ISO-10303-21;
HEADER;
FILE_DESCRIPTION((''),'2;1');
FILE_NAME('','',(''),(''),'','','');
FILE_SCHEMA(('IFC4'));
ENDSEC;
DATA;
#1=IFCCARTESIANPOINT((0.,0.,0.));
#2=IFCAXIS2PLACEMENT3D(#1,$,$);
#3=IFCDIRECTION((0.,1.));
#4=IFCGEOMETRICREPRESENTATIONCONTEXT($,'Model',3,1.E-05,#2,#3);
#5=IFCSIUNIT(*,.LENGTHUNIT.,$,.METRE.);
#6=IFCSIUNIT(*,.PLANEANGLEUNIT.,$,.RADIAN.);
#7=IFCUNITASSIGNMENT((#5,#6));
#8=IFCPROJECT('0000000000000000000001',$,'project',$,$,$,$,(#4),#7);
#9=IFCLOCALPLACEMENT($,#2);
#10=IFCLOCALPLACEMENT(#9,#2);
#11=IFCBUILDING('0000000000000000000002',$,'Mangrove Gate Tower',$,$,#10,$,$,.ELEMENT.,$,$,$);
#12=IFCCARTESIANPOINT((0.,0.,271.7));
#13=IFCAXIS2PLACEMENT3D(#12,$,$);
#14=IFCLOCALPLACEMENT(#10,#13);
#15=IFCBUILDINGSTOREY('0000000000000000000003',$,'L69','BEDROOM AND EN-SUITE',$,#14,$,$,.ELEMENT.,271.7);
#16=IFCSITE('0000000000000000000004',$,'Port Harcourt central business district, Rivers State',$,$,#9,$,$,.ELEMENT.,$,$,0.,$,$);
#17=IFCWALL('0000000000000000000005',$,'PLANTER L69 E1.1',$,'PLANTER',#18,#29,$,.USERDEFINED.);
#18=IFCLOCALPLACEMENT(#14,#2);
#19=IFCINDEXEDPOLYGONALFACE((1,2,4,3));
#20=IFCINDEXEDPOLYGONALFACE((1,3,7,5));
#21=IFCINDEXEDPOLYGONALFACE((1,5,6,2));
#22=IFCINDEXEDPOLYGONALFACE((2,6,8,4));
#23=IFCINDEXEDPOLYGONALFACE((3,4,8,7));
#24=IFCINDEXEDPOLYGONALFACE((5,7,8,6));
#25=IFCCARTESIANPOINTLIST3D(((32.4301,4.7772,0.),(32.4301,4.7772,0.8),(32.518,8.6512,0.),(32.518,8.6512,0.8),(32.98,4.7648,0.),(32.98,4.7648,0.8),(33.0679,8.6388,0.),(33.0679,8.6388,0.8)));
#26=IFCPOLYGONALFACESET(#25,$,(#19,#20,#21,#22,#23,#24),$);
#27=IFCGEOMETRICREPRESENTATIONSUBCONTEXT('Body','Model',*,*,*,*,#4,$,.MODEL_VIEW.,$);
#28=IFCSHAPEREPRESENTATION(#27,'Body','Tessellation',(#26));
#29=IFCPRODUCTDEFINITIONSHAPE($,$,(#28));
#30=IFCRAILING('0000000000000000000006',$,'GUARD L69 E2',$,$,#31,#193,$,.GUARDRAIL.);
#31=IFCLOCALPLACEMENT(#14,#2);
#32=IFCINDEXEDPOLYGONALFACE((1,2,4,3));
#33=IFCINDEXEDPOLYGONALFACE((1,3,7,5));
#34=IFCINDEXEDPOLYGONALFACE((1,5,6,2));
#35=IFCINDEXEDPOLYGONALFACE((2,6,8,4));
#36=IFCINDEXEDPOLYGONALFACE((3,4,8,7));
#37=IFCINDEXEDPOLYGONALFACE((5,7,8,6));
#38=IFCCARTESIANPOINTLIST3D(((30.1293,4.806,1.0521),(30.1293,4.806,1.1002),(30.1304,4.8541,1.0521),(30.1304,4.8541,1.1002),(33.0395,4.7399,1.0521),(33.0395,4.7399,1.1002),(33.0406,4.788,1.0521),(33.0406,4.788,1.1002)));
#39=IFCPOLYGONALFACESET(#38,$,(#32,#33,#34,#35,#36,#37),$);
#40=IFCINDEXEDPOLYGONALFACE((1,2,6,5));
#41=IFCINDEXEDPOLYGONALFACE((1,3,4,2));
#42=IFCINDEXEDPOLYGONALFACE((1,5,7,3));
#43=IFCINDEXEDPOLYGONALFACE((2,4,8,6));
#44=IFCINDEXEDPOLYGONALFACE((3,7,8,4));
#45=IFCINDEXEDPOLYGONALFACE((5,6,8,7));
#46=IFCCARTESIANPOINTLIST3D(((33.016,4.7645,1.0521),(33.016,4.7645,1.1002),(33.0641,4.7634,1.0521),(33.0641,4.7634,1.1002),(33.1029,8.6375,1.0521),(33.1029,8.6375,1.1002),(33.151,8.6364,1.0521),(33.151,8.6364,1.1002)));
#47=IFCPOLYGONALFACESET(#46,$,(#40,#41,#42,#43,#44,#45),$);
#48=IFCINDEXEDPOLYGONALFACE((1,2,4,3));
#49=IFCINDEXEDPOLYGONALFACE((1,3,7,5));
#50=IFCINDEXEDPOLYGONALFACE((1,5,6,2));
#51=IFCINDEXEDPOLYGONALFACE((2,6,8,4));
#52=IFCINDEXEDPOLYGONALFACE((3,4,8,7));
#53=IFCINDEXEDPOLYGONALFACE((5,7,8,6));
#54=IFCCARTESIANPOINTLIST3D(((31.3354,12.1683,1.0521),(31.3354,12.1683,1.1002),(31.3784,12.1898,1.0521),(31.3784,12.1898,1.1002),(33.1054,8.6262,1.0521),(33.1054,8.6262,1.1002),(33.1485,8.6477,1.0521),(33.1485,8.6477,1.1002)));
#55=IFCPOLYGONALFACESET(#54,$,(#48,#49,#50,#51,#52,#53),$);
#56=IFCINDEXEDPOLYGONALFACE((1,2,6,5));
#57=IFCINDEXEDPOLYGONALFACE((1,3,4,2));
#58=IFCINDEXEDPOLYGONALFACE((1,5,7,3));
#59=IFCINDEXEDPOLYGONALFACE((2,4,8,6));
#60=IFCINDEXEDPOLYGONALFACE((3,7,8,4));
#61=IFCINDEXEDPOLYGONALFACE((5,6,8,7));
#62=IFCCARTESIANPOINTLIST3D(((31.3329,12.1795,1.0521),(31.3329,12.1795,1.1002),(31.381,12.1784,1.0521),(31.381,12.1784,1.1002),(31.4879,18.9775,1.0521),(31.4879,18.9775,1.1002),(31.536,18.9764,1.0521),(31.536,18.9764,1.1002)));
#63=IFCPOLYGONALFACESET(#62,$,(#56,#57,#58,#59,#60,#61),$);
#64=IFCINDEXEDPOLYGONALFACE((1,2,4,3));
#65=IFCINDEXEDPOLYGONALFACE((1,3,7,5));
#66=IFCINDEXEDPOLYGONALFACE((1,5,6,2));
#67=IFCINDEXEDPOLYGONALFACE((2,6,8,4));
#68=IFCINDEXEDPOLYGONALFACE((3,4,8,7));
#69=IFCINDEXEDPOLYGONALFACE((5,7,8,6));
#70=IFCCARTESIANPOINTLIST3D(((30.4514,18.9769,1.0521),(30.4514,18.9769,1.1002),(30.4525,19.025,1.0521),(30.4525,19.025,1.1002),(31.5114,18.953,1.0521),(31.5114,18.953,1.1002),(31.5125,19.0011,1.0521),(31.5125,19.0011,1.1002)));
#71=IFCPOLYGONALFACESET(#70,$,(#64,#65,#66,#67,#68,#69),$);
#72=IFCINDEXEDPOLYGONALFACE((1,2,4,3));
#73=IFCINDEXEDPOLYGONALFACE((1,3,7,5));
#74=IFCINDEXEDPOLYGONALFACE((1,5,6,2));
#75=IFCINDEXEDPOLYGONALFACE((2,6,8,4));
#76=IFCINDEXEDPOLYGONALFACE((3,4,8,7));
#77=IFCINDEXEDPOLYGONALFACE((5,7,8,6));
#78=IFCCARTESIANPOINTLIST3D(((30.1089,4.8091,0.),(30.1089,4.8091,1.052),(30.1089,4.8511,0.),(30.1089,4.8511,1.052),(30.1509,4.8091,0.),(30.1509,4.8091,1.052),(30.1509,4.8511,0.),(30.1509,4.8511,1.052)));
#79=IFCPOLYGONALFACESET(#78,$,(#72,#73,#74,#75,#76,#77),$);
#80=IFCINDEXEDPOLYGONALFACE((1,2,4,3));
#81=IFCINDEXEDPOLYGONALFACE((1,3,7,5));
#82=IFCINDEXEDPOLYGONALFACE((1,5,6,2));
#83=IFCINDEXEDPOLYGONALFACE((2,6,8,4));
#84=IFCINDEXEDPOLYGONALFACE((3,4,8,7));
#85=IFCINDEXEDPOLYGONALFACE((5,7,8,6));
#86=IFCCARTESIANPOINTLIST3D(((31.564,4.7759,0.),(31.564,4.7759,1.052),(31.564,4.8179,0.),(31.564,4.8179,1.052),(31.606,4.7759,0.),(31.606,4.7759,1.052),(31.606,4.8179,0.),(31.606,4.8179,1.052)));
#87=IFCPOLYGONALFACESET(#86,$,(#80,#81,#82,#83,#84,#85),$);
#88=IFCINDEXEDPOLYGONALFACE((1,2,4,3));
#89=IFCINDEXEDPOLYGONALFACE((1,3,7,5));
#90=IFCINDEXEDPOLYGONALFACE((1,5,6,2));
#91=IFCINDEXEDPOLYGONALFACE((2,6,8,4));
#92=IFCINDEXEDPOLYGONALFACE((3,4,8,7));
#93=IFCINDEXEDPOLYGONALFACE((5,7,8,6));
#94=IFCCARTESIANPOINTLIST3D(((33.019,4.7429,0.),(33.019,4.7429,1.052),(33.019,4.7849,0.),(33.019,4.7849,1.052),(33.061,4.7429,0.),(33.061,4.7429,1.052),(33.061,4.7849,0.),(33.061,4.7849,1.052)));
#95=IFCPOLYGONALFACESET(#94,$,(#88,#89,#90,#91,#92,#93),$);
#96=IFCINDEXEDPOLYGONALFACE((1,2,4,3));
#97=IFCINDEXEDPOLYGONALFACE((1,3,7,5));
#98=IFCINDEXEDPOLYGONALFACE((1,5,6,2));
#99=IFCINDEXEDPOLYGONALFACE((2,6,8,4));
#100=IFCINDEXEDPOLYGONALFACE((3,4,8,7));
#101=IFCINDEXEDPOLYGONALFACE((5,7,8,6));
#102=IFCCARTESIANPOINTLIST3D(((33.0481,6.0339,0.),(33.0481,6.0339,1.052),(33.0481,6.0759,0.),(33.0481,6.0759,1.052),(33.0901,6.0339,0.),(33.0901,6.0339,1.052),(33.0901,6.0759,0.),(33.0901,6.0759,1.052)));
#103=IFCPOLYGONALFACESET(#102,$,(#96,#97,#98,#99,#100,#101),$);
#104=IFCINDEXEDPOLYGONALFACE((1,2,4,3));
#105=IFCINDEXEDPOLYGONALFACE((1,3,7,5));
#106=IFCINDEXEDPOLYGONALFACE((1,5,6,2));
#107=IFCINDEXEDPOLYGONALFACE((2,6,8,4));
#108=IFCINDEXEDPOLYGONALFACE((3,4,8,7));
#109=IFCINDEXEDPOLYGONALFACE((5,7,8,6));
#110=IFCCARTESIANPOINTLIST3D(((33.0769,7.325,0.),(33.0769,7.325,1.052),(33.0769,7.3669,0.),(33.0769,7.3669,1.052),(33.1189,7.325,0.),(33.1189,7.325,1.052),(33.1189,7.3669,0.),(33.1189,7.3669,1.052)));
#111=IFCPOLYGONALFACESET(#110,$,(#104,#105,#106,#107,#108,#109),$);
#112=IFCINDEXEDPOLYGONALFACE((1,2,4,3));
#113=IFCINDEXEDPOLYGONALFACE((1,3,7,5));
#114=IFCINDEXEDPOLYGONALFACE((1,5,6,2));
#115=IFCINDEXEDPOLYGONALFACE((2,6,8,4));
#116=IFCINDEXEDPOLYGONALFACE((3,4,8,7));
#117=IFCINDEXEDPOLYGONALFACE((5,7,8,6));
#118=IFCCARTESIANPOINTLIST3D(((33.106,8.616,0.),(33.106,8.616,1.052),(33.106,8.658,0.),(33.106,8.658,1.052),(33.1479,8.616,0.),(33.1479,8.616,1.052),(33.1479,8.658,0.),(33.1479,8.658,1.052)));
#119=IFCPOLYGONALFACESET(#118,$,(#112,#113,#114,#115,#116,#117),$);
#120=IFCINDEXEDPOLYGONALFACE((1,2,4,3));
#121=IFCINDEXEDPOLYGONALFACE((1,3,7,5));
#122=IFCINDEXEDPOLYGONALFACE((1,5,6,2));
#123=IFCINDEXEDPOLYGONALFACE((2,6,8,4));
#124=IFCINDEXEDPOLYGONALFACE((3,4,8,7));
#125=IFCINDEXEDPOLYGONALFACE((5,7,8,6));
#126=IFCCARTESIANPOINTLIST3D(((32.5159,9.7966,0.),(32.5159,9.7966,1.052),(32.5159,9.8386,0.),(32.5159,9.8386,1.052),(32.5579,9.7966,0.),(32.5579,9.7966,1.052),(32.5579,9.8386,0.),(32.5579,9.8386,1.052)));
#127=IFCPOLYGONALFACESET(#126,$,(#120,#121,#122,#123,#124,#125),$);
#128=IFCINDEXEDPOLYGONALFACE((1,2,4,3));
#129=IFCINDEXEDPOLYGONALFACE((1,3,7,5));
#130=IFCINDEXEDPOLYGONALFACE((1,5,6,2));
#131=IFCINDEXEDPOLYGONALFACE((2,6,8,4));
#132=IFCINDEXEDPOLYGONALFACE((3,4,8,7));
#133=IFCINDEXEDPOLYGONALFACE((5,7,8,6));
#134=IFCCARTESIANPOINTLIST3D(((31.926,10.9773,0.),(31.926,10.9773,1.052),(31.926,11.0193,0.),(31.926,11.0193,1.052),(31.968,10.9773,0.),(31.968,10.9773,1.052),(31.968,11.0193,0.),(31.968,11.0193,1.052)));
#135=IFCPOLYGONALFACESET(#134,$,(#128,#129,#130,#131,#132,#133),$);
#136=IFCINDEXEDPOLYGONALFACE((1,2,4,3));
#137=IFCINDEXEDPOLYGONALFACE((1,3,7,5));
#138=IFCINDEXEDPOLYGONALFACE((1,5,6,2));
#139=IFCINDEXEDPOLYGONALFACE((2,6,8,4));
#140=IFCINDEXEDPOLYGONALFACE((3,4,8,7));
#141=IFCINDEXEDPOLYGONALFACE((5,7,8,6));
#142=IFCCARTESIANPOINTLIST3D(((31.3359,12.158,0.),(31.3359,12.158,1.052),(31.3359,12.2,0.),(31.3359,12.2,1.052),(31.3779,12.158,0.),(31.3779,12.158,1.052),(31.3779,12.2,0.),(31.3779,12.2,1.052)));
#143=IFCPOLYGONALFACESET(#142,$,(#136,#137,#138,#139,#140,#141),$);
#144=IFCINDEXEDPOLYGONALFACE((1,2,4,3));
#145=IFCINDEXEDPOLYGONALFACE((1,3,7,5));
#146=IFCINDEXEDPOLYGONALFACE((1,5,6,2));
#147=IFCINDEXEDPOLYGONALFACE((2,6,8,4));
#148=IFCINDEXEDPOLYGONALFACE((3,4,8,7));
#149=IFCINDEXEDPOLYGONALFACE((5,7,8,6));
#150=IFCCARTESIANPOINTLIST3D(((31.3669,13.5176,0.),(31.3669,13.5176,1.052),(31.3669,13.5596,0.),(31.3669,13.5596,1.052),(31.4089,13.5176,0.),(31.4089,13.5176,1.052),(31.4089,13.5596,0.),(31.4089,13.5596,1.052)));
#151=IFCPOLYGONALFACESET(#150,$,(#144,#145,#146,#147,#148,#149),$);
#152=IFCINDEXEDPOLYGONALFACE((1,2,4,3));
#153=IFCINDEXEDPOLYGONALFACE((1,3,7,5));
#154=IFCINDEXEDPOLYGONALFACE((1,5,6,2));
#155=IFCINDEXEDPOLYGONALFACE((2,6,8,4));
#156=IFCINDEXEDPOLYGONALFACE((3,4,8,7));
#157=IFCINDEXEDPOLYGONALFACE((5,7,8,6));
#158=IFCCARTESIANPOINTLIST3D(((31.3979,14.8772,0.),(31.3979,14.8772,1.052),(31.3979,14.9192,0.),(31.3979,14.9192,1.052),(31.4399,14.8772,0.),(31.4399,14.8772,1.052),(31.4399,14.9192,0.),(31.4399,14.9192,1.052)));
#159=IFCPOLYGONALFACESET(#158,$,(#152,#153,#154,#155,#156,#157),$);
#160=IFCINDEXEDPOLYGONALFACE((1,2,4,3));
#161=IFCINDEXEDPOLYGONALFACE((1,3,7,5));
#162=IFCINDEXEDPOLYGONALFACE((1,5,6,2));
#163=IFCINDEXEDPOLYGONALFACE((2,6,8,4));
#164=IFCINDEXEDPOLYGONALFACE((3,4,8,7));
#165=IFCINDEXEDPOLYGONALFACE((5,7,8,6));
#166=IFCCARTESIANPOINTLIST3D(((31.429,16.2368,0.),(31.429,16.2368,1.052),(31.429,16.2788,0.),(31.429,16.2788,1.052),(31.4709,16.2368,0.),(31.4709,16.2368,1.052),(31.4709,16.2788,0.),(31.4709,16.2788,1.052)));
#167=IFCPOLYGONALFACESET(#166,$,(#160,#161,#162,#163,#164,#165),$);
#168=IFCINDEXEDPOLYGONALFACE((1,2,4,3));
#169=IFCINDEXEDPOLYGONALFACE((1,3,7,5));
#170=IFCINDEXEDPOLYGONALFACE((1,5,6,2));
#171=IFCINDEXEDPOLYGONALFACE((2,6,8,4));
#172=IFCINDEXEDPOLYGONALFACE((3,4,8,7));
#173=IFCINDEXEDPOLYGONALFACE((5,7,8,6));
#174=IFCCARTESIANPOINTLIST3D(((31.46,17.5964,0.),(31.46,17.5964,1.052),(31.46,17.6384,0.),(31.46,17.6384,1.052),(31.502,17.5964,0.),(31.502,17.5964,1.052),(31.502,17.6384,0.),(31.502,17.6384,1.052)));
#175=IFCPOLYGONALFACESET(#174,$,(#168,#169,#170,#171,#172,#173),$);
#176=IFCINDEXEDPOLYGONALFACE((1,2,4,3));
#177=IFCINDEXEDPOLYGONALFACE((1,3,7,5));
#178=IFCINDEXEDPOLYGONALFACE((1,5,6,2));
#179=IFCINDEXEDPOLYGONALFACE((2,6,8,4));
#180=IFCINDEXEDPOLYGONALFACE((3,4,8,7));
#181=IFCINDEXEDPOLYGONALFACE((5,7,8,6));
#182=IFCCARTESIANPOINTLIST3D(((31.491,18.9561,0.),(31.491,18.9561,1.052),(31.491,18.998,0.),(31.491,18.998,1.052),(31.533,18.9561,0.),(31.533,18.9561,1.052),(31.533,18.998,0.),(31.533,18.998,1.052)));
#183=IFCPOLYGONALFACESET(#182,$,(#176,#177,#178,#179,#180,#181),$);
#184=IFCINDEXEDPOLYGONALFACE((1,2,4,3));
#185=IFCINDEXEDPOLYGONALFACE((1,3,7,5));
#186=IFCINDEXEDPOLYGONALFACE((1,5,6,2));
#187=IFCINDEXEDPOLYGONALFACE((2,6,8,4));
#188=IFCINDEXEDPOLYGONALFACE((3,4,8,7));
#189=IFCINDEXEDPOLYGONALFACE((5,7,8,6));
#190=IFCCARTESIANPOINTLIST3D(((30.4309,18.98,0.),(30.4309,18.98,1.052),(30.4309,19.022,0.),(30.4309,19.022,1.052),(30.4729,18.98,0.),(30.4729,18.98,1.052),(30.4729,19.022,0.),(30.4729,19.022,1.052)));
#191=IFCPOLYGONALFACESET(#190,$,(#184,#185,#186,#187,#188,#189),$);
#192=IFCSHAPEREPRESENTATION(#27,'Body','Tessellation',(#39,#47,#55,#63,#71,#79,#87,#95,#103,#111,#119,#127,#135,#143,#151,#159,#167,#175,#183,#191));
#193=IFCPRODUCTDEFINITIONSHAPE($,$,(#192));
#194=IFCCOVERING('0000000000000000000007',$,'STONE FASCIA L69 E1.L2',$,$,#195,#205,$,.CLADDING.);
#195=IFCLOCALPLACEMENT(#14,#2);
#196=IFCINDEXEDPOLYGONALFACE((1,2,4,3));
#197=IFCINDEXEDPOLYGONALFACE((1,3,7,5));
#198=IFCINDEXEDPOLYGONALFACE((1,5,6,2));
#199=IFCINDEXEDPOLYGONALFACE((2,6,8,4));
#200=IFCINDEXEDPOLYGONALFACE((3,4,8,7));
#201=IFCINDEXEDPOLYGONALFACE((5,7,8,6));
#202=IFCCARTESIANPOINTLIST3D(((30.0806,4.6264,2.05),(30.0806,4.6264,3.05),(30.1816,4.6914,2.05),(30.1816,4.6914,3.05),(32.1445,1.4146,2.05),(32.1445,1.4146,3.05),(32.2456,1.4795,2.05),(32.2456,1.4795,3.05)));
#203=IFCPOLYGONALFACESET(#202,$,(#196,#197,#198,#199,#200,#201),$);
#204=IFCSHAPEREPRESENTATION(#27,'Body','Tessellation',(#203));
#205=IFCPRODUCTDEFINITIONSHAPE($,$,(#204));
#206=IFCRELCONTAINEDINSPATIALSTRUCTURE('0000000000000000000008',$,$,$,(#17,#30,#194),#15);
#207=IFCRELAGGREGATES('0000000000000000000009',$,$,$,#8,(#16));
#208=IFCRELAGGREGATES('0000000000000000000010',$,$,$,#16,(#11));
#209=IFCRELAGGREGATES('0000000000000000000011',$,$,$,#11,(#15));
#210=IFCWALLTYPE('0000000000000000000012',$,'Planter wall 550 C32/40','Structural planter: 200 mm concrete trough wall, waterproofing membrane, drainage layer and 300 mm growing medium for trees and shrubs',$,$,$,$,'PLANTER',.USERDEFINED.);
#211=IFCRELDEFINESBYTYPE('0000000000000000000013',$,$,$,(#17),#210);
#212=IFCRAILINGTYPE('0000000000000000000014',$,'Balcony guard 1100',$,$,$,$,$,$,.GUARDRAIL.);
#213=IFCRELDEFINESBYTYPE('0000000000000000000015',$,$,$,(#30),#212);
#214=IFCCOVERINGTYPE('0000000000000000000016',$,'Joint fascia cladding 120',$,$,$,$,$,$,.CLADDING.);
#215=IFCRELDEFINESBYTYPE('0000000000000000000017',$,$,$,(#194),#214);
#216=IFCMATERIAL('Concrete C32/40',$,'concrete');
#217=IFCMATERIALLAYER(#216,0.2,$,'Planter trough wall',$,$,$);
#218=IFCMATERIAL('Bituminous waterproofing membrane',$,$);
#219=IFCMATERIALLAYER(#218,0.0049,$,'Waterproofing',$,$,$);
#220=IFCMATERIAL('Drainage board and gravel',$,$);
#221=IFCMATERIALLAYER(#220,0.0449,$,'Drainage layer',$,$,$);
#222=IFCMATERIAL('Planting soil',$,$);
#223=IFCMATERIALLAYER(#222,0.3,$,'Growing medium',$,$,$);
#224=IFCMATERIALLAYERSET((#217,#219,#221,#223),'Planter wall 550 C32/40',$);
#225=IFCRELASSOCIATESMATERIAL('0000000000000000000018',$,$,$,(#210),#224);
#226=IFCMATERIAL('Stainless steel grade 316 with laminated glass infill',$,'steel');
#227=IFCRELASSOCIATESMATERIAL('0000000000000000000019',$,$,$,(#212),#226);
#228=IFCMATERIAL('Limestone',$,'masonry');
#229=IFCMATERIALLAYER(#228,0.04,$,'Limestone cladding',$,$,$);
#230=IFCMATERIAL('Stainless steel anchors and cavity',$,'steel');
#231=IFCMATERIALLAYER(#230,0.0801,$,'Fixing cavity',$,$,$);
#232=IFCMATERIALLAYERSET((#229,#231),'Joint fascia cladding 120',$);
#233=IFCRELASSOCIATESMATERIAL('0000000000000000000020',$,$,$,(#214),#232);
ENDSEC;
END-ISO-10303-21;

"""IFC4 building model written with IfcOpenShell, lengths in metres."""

from ifc_helpers import new_model, si_unit, direction, frame, frame_2d, origin, origin_2d, place, context, subcontext, project, spatial, rectangle, extrude, material, layer, layer_set, type_object, element, save


model = new_model("IFC4")

# Units and contexts
model_context = context("Model", 3, precision=1e-05, world=origin(), true_north=direction((0.0, 1.0)))
body_context = subcontext(model_context, "Body", "Model", "MODEL_VIEW")
ifc_project = project(units=[si_unit("LENGTHUNIT", "METRE"), si_unit("PLANEANGLEUNIT", "RADIAN")], contexts=[model_context])

# Site, building, storey
site_placement = place(None, origin())
site = spatial("IfcSite", under=ifc_project, at=site_placement, Name="Port Harcourt central business district, Rivers State", CompositionType="ELEMENT", RefElevation=0.0)
building_placement = place(site_placement, origin())
building = spatial("IfcBuilding", under=site, at=building_placement, Name="Mangrove Gate Tower", CompositionType="ELEMENT")
storey_placement = place(building_placement, frame((0.0, 0.0, 271.7)))
storey = spatial("IfcBuildingStorey", under=building, at=storey_placement, Name="L69", Description="BEDROOM AND EN-SUITE", CompositionType="ELEMENT", Elevation=271.7)

# Shared definitions
ifc_material_1 = material(Name="Limestone", Category="masonry")

# Wall
ifc_material_2 = material(Name="Concrete C32/40", Category="concrete")
ifc_layer_1 = layer(ifc_material_2, 0.2, Name="Planter trough wall")
ifc_material_3 = material(Name="Bituminous waterproofing membrane")
ifc_layer_2 = layer(ifc_material_3, 0.0049, Name="Waterproofing")
ifc_material_4 = material(Name="Drainage board and gravel")
ifc_layer_3 = layer(ifc_material_4, 0.0449, Name="Drainage layer")
ifc_material_5 = material(Name="Planting soil")
ifc_layer_4 = layer(ifc_material_5, 0.3, Name="Growing medium")
ifc_layer_set_1 = layer_set([ifc_layer_1, ifc_layer_2, ifc_layer_3, ifc_layer_4], Name="Planter wall 550 C32/40")
wall_type_1 = type_object("IfcWallType", Name="Planter wall 550 C32/40", Description="Structural planter: 200 mm concrete trough wall, waterproofing membrane, drainage layer and 300 mm growing medium for trees and shrubs", ElementType="PLANTER", PredefinedType="USERDEFINED", material=ifc_layer_set_1)
wall_1_placement = place(storey_placement, frame((32.7051, 4.771, 0.0), z_axis=(0.0, 0.0, 1.0), x_axis=(0.022681, 0.999743, 0.0)))
element("IfcWall", 1, at=wall_1_placement, inside=storey, type_object=wall_type_1, Name="PLANTER L69 E1.1", ObjectType="PLANTER", PredefinedType="USERDEFINED", context=body_context, shape_type="SweptSolid", body=[
    extrude(rectangle(XDim=3.875, YDim=0.55, at=frame_2d((1.9375, 0.0))), origin(), (0.0, 0.0, 1.0), 0.8),
])

# Railing
ifc_material_6 = material(Name="Stainless steel grade 316 with laminated glass infill", Category="steel")
railing_type = type_object("IfcRailingType", Name="Balcony guard 1100", PredefinedType="GUARDRAIL", material=ifc_material_6)
railing_placement = place(storey_placement, frame((30.1299, 4.8301, 0.0)))
element("IfcRailing", 2, at=railing_placement, inside=storey, type_object=railing_type, Name="GUARD L69 E2", PredefinedType="GUARDRAIL", context=body_context, shape_type="SweptSolid", body=[
    extrude(rectangle(XDim=0.0481, YDim=0.0481, at=origin_2d()), frame((0.0, 0.0, 1.0762), z_axis=(0.999742, -0.022729, 0.0), x_axis=(0.022729, 0.999742, 0.0)), (0.0, 0.0, 1.0), 2.9109),
    extrude(rectangle(XDim=0.0481, YDim=0.0481, at=origin_2d()), frame((2.9102, -0.0662, 1.0762), z_axis=(0.022435, 0.999748, 0.0), x_axis=(-0.999748, 0.022435, 0.0)), (0.0, 0.0, 1.0), 3.874),
    extrude(rectangle(XDim=0.0481, YDim=0.0481, at=origin_2d()), frame((2.9971, 3.8069, 1.0762), z_axis=(-0.447016, 0.894526, 0.0), x_axis=(-0.894526, -0.447016, 0.0)), (0.0, 0.0, 1.0), 3.9597),
    extrude(rectangle(XDim=0.0481, YDim=0.0481, at=origin_2d()), frame((1.2271, 7.3489, 1.0762), z_axis=(0.022799, 0.99974, 0.0), x_axis=(-0.99974, 0.022799, 0.0)), (0.0, 0.0, 1.0), 6.7998),
    extrude(rectangle(XDim=0.0481, YDim=0.0481, at=origin_2d()), frame((1.3821, 14.147, 1.0762), z_axis=(-0.999745, 0.022564, 0.0), x_axis=(-0.022564, -0.999745, 0.0)), (0.0, 0.0, 1.0), 1.0603),
    extrude(rectangle(XDim=0.042, YDim=0.042, at=origin_2d()), origin(), (0.0, 0.0, 1.0), 1.052),
    extrude(rectangle(XDim=0.042, YDim=0.042, at=origin_2d()), frame((1.4551, -0.0332, 0.0)), (0.0, 0.0, 1.0), 1.052),
    extrude(rectangle(XDim=0.042, YDim=0.042, at=origin_2d()), frame((2.9102, -0.0662, 0.0)), (0.0, 0.0, 1.0), 1.052),
    extrude(rectangle(XDim=0.042, YDim=0.042, at=origin_2d()), frame((2.9392, 1.2249, 0.0)), (0.0, 0.0, 1.0), 1.052),
    extrude(rectangle(XDim=0.042, YDim=0.042, at=origin_2d()), frame((2.968, 2.5159, 0.0)), (0.0, 0.0, 1.0), 1.052),
    extrude(rectangle(XDim=0.042, YDim=0.042, at=origin_2d()), frame((2.9971, 3.8069, 0.0)), (0.0, 0.0, 1.0), 1.052),
    extrude(rectangle(XDim=0.042, YDim=0.042, at=origin_2d()), frame((2.407, 4.9875, 0.0)), (0.0, 0.0, 1.0), 1.052),
    extrude(rectangle(XDim=0.042, YDim=0.042, at=origin_2d()), frame((1.8171, 6.1682, 0.0)), (0.0, 0.0, 1.0), 1.052),
    extrude(rectangle(XDim=0.042, YDim=0.042, at=origin_2d()), frame((1.2271, 7.3489, 0.0)), (0.0, 0.0, 1.0), 1.052),
    extrude(rectangle(XDim=0.042, YDim=0.042, at=origin_2d()), frame((1.2581, 8.7085, 0.0)), (0.0, 0.0, 1.0), 1.052),
    extrude(rectangle(XDim=0.042, YDim=0.042, at=origin_2d()), frame((1.2891, 10.0681, 0.0)), (0.0, 0.0, 1.0), 1.052),
    extrude(rectangle(XDim=0.042, YDim=0.042, at=origin_2d()), frame((1.3201, 11.4277, 0.0)), (0.0, 0.0, 1.0), 1.052),
    extrude(rectangle(XDim=0.042, YDim=0.042, at=origin_2d()), frame((1.3511, 12.7874, 0.0)), (0.0, 0.0, 1.0), 1.052),
    extrude(rectangle(XDim=0.042, YDim=0.042, at=origin_2d()), frame((1.3821, 14.147, 0.0)), (0.0, 0.0, 1.0), 1.052),
    extrude(rectangle(XDim=0.042, YDim=0.042, at=origin_2d()), frame((0.322, 14.1709, 0.0)), (0.0, 0.0, 1.0), 1.052),
])

# Covering
ifc_layer_5 = layer(ifc_material_1, 0.04, Name="Limestone cladding")
ifc_material_7 = material(Name="Stainless steel anchors and cavity", Category="steel")
ifc_layer_6 = layer(ifc_material_7, 0.0801, Name="Fixing cavity")
ifc_layer_set_2 = layer_set([ifc_layer_5, ifc_layer_6], Name="Joint fascia cladding 120")
covering_type = type_object("IfcCoveringType", Name="Joint fascia cladding 120", PredefinedType="CLADDING", material=ifc_layer_set_2)
covering_placement = place(storey_placement, frame((32.1951, 1.447, 2.05), z_axis=(0.0, 0.0, 1.0), x_axis=(-0.540602, 0.841278, 0.0)))
element("IfcCovering", 3, at=covering_placement, inside=storey, type_object=covering_type, Name="STONE FASCIA L69 E1.L2", PredefinedType="CLADDING", context=body_context, shape_type="SweptSolid", body=[
    extrude(rectangle(XDim=3.8179, YDim=0.1201, at=frame_2d((1.9089, 0.0))), origin(), (0.0, 0.0, 1.0), 1.0),
])

save(model, "model.ifc")
